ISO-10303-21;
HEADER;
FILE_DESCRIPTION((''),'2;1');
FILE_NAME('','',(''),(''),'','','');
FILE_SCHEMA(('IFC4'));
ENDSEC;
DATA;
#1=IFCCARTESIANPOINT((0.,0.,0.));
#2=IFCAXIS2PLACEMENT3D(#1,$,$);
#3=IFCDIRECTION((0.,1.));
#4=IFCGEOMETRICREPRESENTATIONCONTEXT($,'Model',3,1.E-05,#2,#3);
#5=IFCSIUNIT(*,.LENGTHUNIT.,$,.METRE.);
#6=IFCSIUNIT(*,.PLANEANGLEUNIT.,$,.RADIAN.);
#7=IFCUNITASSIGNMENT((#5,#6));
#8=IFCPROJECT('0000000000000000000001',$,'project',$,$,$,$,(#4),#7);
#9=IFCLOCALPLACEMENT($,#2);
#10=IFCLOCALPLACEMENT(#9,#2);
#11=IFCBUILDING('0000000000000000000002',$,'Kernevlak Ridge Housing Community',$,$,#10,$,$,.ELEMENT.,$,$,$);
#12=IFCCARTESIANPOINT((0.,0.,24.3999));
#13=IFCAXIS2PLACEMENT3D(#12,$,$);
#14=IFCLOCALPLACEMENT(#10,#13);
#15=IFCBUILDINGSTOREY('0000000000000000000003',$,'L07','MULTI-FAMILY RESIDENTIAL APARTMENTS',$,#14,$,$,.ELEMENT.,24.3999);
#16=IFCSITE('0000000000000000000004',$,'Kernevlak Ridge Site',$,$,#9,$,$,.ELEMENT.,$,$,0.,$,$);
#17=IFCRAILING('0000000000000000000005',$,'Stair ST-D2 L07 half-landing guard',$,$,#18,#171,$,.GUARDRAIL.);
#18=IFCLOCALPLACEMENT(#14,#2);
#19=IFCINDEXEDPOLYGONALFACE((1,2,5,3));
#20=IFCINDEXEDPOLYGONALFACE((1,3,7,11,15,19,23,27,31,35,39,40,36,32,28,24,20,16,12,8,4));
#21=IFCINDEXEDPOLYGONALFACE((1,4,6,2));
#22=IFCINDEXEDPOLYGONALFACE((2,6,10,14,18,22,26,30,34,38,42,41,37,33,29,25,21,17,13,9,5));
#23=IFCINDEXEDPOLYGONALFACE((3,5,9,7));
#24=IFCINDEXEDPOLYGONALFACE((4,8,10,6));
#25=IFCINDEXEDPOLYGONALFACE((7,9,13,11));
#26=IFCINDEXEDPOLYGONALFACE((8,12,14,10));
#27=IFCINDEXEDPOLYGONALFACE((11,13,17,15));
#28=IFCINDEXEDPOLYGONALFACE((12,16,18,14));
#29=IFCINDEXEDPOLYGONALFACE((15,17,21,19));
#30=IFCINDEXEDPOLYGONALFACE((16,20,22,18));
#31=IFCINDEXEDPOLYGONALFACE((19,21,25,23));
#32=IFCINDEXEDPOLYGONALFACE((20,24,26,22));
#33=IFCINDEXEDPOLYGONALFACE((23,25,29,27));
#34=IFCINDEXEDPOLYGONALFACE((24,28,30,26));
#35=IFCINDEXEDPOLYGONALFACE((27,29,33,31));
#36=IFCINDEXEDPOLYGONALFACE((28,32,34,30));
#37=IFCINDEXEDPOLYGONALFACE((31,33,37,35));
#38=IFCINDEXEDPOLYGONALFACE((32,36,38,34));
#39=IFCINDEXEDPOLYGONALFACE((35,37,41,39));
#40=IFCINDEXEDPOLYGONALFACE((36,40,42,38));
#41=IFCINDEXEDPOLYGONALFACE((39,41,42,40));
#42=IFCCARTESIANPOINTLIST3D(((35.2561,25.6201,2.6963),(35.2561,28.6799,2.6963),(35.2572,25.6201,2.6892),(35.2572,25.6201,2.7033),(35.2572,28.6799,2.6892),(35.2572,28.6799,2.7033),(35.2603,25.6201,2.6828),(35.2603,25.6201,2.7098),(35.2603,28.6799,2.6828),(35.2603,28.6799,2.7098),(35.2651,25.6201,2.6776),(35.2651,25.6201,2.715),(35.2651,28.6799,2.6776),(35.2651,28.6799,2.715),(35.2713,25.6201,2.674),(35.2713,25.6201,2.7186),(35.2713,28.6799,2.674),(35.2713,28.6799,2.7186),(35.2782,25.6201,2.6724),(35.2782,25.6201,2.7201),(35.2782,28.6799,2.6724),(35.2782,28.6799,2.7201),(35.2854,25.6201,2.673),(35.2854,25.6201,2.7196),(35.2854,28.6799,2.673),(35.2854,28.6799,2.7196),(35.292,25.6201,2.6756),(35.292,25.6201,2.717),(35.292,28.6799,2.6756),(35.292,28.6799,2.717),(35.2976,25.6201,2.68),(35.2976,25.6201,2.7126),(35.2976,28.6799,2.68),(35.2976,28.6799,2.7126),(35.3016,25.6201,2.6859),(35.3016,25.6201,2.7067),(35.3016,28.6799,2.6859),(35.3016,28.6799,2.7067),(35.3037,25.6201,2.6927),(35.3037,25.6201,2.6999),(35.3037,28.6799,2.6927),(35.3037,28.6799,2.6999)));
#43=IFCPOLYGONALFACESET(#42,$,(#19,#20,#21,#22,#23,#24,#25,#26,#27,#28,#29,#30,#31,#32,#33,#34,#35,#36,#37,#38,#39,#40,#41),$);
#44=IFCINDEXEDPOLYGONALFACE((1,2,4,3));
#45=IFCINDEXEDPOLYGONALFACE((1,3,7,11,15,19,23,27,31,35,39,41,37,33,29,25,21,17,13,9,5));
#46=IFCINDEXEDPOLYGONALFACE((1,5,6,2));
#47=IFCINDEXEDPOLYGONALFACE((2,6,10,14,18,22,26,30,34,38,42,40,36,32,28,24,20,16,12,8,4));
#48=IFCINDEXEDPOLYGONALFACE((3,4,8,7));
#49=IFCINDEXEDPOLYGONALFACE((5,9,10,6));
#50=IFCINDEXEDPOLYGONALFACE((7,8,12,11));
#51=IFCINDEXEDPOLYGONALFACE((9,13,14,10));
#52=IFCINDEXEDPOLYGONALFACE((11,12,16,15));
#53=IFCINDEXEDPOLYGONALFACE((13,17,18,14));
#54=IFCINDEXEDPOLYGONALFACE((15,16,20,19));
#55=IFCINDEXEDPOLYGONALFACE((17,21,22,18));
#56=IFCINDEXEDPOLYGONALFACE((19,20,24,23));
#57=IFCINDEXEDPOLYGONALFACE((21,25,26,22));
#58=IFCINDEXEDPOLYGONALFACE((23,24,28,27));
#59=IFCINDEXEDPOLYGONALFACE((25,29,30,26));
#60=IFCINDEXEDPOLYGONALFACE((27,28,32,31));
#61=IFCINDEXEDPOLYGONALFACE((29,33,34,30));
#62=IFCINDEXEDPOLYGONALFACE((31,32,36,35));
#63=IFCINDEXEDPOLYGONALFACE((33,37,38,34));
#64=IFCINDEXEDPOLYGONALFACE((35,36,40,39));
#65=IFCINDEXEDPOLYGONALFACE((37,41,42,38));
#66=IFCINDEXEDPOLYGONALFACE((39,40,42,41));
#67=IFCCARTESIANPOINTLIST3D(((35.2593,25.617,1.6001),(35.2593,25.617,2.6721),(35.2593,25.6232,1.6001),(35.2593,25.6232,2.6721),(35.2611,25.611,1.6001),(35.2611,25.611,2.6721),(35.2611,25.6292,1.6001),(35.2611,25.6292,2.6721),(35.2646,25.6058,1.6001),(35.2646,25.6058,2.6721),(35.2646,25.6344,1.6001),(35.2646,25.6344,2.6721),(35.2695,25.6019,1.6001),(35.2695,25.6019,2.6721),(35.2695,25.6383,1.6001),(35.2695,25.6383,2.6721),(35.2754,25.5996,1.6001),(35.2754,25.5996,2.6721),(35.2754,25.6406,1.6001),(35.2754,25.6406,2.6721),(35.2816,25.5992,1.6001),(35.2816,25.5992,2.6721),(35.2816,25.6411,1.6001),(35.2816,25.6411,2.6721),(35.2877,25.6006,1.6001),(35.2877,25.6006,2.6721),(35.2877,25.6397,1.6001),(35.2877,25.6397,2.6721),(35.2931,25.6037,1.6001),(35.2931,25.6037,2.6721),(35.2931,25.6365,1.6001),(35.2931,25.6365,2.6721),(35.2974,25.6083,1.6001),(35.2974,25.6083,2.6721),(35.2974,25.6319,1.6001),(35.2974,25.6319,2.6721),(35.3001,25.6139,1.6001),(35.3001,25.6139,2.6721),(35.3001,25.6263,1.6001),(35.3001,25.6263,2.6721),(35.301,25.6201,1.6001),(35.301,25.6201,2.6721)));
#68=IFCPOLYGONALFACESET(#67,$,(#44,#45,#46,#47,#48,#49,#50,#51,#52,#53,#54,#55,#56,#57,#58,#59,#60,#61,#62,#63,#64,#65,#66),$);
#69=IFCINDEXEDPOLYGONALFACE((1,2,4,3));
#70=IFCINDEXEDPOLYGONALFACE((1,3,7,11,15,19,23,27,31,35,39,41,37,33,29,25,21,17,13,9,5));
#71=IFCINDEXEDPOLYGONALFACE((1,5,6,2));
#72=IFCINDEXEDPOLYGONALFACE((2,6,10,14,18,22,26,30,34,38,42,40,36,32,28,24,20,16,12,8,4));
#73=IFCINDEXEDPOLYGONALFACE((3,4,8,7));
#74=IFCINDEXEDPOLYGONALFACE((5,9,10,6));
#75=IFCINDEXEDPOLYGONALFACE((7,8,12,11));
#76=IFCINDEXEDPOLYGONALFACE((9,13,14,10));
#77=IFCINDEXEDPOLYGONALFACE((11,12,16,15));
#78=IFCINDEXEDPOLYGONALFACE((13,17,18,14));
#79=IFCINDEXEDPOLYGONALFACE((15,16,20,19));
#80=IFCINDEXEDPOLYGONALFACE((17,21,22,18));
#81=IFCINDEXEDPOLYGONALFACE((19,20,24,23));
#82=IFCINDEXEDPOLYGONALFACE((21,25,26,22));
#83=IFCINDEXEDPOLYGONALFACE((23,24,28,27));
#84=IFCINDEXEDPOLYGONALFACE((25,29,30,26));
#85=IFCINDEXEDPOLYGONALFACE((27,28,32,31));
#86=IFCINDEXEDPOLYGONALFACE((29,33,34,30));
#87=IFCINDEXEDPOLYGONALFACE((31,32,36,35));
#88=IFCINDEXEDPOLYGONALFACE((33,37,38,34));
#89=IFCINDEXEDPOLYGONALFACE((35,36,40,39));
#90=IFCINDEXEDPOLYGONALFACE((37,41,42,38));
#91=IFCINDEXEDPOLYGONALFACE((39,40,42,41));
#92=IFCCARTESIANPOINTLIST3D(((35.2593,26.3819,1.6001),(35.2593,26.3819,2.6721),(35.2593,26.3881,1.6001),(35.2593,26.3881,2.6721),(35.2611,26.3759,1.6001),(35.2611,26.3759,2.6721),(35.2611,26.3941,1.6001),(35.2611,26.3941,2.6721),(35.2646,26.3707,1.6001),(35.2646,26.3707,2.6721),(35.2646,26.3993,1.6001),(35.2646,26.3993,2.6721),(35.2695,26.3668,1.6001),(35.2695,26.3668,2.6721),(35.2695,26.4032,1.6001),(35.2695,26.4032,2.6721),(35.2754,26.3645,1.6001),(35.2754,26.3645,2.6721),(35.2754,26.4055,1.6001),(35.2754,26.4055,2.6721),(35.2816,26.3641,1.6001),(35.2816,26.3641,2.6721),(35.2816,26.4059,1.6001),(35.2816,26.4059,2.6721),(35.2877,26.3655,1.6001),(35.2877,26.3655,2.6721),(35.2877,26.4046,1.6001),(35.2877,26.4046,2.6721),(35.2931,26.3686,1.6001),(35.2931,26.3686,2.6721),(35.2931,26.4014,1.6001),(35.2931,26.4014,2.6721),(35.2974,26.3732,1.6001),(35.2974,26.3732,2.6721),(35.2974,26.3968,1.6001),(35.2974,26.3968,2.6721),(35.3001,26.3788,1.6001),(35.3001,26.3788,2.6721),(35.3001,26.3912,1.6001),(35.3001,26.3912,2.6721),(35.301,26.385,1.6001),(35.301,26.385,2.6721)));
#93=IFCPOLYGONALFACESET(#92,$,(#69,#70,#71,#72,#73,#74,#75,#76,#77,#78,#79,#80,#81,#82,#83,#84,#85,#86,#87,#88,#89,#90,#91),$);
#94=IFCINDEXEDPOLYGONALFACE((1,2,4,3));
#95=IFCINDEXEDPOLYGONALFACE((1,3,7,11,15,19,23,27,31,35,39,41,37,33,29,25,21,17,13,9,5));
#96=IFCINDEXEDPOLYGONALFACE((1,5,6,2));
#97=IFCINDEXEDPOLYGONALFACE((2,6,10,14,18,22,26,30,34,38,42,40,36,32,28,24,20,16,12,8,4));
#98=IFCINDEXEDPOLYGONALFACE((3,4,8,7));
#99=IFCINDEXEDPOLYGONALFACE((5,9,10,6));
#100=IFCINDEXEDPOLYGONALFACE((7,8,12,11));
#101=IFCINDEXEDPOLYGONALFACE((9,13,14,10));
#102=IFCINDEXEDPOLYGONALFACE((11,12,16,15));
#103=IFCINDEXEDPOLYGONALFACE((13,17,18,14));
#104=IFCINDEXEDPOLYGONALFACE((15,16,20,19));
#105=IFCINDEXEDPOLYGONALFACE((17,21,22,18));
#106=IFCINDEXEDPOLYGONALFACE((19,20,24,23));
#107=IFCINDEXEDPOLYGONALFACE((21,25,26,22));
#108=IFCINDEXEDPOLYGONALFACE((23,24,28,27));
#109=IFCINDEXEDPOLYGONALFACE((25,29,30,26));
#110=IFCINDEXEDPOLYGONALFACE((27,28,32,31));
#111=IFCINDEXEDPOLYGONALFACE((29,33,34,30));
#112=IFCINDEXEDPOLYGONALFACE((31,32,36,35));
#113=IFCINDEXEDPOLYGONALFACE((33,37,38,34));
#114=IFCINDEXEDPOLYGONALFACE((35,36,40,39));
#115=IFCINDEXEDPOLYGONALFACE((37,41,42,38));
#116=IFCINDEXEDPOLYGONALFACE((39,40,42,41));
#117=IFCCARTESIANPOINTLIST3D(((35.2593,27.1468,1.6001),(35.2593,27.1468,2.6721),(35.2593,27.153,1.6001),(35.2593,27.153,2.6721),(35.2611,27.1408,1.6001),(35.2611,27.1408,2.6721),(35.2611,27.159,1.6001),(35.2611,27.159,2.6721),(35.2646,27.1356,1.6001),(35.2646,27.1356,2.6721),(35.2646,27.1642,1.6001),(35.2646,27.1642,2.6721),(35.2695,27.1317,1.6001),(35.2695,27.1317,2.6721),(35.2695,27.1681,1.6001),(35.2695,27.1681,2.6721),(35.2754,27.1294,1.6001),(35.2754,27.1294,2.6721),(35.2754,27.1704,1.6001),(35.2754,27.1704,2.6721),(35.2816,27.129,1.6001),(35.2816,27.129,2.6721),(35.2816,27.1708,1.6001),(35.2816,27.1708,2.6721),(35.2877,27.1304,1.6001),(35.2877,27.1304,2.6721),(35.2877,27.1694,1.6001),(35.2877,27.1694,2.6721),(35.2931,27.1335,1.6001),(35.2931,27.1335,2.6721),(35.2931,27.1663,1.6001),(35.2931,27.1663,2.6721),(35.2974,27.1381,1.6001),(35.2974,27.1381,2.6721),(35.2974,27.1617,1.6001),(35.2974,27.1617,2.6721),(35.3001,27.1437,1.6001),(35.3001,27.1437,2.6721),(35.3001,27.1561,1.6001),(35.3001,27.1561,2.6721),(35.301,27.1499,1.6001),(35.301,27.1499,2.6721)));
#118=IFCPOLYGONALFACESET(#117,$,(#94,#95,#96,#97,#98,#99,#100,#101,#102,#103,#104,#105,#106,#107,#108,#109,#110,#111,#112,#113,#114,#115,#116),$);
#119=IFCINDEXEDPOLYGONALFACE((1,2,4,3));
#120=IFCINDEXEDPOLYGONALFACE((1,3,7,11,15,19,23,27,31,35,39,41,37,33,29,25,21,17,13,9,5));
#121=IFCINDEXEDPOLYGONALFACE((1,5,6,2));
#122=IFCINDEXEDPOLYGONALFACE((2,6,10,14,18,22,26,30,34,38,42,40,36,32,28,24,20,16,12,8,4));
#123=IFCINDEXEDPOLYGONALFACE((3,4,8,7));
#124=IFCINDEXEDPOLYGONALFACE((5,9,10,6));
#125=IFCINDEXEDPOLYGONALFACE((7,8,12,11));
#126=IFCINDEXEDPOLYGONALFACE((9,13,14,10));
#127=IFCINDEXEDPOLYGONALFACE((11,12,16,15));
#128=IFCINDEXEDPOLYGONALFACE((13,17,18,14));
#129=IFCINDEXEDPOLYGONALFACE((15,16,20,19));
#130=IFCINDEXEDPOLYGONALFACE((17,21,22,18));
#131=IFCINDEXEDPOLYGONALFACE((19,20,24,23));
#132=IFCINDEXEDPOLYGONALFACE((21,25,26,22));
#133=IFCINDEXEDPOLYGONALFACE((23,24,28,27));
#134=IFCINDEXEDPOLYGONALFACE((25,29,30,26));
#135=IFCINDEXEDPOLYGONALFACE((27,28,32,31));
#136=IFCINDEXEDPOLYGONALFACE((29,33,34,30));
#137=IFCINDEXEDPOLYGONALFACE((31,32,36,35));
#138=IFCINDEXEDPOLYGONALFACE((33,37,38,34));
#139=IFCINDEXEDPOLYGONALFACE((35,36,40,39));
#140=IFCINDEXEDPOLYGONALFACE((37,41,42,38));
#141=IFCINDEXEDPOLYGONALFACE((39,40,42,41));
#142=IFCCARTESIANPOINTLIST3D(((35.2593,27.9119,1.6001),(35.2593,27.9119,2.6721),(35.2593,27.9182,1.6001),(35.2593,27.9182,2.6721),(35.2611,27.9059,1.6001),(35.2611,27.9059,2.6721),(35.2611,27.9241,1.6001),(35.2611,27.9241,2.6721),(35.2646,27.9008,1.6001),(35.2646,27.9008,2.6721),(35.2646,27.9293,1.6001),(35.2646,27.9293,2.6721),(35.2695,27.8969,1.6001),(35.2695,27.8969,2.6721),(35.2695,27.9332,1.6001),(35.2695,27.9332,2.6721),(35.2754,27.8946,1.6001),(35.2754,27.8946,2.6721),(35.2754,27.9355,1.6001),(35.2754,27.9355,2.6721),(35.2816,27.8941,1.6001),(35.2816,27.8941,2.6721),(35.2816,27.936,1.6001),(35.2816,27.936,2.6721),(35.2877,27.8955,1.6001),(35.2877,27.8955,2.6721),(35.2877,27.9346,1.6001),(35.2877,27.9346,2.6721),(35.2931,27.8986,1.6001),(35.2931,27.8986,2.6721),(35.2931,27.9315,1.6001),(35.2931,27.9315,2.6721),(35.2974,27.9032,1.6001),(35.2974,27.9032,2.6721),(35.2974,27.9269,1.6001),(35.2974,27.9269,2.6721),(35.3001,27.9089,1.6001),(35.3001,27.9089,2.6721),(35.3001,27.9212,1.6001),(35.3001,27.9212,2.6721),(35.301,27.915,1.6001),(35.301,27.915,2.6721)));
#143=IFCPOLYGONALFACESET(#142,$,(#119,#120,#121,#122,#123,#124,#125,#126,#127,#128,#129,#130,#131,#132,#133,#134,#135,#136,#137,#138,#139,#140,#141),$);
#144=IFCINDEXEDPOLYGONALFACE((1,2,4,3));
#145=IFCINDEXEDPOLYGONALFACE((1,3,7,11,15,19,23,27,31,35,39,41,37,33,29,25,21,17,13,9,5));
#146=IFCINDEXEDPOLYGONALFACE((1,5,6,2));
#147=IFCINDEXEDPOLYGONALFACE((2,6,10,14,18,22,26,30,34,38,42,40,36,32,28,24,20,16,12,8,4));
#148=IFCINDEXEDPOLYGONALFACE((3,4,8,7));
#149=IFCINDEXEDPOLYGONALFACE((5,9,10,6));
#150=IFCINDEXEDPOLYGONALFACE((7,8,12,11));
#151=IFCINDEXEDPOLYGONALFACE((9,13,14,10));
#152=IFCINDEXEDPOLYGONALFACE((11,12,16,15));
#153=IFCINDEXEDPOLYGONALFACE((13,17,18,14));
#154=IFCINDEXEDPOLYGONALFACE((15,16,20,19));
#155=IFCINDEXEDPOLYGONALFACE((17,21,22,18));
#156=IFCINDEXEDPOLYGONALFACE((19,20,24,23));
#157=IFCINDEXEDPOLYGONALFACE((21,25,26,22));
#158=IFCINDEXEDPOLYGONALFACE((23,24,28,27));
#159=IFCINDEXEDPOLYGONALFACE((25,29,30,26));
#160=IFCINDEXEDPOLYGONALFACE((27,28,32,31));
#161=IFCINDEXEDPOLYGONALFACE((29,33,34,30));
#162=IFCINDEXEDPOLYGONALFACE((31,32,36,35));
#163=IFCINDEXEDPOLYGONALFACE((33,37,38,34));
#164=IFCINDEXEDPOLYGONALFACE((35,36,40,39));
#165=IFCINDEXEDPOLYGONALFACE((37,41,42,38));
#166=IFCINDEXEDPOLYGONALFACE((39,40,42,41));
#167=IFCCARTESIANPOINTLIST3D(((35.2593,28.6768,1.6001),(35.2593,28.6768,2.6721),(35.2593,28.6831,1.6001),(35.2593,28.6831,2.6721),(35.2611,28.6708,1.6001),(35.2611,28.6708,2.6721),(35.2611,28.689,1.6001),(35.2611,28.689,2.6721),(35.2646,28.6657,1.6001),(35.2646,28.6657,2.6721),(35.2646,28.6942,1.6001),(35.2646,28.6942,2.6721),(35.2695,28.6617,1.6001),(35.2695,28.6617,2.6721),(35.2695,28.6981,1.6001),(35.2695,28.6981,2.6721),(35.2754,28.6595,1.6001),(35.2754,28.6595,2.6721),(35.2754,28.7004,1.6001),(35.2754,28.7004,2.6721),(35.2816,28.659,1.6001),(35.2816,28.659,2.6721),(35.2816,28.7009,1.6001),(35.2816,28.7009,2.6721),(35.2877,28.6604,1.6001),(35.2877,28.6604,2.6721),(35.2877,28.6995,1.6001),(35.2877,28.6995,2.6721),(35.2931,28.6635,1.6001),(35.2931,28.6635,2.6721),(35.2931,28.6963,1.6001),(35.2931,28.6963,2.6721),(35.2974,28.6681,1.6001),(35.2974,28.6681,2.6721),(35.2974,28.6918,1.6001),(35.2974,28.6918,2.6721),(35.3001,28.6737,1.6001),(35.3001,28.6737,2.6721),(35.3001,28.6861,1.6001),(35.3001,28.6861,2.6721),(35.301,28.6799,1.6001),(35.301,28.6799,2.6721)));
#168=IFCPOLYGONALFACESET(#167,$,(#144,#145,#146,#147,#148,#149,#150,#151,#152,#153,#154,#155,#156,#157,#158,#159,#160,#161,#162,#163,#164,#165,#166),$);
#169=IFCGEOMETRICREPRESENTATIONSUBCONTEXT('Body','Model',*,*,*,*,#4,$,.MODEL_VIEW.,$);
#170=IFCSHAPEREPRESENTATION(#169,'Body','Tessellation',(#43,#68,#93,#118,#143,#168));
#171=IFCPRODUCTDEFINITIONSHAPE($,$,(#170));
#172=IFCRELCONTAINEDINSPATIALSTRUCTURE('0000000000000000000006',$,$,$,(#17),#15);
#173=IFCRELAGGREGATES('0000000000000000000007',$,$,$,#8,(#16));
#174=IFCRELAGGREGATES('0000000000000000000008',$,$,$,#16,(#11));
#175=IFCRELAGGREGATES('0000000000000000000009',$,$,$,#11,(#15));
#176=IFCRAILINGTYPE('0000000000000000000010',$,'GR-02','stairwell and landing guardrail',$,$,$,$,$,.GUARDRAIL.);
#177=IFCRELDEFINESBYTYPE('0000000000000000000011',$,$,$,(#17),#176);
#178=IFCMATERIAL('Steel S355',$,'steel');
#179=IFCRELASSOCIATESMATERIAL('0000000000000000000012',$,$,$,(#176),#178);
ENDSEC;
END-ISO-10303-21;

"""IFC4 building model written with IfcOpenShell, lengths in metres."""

from ifc_helpers import new_model, si_unit, direction, frame, origin, origin_2d, place, context, subcontext, project, spatial, circle, extrude, material, type_object, element, save


model = new_model("IFC4")

# Units and contexts
model_context = context("Model", 3, precision=1e-05, world=origin(), true_north=direction((0.0, 1.0)))
body_context = subcontext(model_context, "Body", "Model", "MODEL_VIEW")
ifc_project = project(units=[si_unit("LENGTHUNIT", "METRE"), si_unit("PLANEANGLEUNIT", "RADIAN")], contexts=[model_context])

# Site, building, storey
site_placement = place(None, origin())
site = spatial("IfcSite", under=ifc_project, at=site_placement, Name="Kernevlak Ridge Site", CompositionType="ELEMENT", RefElevation=0.0)
building_placement = place(site_placement, origin())
building = spatial("IfcBuilding", under=site, at=building_placement, Name="Kernevlak Ridge Housing Community", CompositionType="ELEMENT")
storey_placement = place(building_placement, frame((0.0, 0.0, 24.3999)))
storey = spatial("IfcBuildingStorey", under=building, at=storey_placement, Name="L07", Description="MULTI-FAMILY RESIDENTIAL APARTMENTS", CompositionType="ELEMENT", Elevation=24.3999)

# Railing
ifc_material_1 = material(Name="Steel S355", Category="steel")
railing_type_1 = type_object("IfcRailingType", Name="GR-02", Description="stairwell and landing guardrail", PredefinedType="GUARDRAIL", material=ifc_material_1)
railing_1_placement = place(storey_placement, frame((35.28, 25.6201, 1.6001)))
element("IfcRailing", 1, at=railing_1_placement, inside=storey, type_object=railing_type_1, Name="Stair ST-D2 L07 half-landing guard", PredefinedType="GUARDRAIL", context=body_context, shape_type="SweptSolid", body=[
    extrude(circle(Radius=0.0239, at=origin_2d()), frame((0.0, 0.0, 1.0962), z_axis=(0.0, 1.0, 0.0), x_axis=(-1.0, 0.0, 0.0)), (0.0, 0.0, 1.0), 3.0598),
    extrude(circle(Radius=0.021, at=origin_2d()), origin(), (0.0, 0.0, 1.0), 1.072),
    extrude(circle(Radius=0.021, at=origin_2d()), frame((0.0, 0.7649, 0.0)), (0.0, 0.0, 1.0), 1.072),
    extrude(circle(Radius=0.021, at=origin_2d()), frame((0.0, 1.5298, 0.0)), (0.0, 0.0, 1.0), 1.072),
    extrude(circle(Radius=0.021, at=origin_2d()), frame((0.0, 2.2949, 0.0)), (0.0, 0.0, 1.0), 1.072),
    extrude(circle(Radius=0.021, at=origin_2d()), frame((0.0, 3.0598, 0.0)), (0.0, 0.0, 1.0), 1.072),
])

save(model, "model.ifc")
